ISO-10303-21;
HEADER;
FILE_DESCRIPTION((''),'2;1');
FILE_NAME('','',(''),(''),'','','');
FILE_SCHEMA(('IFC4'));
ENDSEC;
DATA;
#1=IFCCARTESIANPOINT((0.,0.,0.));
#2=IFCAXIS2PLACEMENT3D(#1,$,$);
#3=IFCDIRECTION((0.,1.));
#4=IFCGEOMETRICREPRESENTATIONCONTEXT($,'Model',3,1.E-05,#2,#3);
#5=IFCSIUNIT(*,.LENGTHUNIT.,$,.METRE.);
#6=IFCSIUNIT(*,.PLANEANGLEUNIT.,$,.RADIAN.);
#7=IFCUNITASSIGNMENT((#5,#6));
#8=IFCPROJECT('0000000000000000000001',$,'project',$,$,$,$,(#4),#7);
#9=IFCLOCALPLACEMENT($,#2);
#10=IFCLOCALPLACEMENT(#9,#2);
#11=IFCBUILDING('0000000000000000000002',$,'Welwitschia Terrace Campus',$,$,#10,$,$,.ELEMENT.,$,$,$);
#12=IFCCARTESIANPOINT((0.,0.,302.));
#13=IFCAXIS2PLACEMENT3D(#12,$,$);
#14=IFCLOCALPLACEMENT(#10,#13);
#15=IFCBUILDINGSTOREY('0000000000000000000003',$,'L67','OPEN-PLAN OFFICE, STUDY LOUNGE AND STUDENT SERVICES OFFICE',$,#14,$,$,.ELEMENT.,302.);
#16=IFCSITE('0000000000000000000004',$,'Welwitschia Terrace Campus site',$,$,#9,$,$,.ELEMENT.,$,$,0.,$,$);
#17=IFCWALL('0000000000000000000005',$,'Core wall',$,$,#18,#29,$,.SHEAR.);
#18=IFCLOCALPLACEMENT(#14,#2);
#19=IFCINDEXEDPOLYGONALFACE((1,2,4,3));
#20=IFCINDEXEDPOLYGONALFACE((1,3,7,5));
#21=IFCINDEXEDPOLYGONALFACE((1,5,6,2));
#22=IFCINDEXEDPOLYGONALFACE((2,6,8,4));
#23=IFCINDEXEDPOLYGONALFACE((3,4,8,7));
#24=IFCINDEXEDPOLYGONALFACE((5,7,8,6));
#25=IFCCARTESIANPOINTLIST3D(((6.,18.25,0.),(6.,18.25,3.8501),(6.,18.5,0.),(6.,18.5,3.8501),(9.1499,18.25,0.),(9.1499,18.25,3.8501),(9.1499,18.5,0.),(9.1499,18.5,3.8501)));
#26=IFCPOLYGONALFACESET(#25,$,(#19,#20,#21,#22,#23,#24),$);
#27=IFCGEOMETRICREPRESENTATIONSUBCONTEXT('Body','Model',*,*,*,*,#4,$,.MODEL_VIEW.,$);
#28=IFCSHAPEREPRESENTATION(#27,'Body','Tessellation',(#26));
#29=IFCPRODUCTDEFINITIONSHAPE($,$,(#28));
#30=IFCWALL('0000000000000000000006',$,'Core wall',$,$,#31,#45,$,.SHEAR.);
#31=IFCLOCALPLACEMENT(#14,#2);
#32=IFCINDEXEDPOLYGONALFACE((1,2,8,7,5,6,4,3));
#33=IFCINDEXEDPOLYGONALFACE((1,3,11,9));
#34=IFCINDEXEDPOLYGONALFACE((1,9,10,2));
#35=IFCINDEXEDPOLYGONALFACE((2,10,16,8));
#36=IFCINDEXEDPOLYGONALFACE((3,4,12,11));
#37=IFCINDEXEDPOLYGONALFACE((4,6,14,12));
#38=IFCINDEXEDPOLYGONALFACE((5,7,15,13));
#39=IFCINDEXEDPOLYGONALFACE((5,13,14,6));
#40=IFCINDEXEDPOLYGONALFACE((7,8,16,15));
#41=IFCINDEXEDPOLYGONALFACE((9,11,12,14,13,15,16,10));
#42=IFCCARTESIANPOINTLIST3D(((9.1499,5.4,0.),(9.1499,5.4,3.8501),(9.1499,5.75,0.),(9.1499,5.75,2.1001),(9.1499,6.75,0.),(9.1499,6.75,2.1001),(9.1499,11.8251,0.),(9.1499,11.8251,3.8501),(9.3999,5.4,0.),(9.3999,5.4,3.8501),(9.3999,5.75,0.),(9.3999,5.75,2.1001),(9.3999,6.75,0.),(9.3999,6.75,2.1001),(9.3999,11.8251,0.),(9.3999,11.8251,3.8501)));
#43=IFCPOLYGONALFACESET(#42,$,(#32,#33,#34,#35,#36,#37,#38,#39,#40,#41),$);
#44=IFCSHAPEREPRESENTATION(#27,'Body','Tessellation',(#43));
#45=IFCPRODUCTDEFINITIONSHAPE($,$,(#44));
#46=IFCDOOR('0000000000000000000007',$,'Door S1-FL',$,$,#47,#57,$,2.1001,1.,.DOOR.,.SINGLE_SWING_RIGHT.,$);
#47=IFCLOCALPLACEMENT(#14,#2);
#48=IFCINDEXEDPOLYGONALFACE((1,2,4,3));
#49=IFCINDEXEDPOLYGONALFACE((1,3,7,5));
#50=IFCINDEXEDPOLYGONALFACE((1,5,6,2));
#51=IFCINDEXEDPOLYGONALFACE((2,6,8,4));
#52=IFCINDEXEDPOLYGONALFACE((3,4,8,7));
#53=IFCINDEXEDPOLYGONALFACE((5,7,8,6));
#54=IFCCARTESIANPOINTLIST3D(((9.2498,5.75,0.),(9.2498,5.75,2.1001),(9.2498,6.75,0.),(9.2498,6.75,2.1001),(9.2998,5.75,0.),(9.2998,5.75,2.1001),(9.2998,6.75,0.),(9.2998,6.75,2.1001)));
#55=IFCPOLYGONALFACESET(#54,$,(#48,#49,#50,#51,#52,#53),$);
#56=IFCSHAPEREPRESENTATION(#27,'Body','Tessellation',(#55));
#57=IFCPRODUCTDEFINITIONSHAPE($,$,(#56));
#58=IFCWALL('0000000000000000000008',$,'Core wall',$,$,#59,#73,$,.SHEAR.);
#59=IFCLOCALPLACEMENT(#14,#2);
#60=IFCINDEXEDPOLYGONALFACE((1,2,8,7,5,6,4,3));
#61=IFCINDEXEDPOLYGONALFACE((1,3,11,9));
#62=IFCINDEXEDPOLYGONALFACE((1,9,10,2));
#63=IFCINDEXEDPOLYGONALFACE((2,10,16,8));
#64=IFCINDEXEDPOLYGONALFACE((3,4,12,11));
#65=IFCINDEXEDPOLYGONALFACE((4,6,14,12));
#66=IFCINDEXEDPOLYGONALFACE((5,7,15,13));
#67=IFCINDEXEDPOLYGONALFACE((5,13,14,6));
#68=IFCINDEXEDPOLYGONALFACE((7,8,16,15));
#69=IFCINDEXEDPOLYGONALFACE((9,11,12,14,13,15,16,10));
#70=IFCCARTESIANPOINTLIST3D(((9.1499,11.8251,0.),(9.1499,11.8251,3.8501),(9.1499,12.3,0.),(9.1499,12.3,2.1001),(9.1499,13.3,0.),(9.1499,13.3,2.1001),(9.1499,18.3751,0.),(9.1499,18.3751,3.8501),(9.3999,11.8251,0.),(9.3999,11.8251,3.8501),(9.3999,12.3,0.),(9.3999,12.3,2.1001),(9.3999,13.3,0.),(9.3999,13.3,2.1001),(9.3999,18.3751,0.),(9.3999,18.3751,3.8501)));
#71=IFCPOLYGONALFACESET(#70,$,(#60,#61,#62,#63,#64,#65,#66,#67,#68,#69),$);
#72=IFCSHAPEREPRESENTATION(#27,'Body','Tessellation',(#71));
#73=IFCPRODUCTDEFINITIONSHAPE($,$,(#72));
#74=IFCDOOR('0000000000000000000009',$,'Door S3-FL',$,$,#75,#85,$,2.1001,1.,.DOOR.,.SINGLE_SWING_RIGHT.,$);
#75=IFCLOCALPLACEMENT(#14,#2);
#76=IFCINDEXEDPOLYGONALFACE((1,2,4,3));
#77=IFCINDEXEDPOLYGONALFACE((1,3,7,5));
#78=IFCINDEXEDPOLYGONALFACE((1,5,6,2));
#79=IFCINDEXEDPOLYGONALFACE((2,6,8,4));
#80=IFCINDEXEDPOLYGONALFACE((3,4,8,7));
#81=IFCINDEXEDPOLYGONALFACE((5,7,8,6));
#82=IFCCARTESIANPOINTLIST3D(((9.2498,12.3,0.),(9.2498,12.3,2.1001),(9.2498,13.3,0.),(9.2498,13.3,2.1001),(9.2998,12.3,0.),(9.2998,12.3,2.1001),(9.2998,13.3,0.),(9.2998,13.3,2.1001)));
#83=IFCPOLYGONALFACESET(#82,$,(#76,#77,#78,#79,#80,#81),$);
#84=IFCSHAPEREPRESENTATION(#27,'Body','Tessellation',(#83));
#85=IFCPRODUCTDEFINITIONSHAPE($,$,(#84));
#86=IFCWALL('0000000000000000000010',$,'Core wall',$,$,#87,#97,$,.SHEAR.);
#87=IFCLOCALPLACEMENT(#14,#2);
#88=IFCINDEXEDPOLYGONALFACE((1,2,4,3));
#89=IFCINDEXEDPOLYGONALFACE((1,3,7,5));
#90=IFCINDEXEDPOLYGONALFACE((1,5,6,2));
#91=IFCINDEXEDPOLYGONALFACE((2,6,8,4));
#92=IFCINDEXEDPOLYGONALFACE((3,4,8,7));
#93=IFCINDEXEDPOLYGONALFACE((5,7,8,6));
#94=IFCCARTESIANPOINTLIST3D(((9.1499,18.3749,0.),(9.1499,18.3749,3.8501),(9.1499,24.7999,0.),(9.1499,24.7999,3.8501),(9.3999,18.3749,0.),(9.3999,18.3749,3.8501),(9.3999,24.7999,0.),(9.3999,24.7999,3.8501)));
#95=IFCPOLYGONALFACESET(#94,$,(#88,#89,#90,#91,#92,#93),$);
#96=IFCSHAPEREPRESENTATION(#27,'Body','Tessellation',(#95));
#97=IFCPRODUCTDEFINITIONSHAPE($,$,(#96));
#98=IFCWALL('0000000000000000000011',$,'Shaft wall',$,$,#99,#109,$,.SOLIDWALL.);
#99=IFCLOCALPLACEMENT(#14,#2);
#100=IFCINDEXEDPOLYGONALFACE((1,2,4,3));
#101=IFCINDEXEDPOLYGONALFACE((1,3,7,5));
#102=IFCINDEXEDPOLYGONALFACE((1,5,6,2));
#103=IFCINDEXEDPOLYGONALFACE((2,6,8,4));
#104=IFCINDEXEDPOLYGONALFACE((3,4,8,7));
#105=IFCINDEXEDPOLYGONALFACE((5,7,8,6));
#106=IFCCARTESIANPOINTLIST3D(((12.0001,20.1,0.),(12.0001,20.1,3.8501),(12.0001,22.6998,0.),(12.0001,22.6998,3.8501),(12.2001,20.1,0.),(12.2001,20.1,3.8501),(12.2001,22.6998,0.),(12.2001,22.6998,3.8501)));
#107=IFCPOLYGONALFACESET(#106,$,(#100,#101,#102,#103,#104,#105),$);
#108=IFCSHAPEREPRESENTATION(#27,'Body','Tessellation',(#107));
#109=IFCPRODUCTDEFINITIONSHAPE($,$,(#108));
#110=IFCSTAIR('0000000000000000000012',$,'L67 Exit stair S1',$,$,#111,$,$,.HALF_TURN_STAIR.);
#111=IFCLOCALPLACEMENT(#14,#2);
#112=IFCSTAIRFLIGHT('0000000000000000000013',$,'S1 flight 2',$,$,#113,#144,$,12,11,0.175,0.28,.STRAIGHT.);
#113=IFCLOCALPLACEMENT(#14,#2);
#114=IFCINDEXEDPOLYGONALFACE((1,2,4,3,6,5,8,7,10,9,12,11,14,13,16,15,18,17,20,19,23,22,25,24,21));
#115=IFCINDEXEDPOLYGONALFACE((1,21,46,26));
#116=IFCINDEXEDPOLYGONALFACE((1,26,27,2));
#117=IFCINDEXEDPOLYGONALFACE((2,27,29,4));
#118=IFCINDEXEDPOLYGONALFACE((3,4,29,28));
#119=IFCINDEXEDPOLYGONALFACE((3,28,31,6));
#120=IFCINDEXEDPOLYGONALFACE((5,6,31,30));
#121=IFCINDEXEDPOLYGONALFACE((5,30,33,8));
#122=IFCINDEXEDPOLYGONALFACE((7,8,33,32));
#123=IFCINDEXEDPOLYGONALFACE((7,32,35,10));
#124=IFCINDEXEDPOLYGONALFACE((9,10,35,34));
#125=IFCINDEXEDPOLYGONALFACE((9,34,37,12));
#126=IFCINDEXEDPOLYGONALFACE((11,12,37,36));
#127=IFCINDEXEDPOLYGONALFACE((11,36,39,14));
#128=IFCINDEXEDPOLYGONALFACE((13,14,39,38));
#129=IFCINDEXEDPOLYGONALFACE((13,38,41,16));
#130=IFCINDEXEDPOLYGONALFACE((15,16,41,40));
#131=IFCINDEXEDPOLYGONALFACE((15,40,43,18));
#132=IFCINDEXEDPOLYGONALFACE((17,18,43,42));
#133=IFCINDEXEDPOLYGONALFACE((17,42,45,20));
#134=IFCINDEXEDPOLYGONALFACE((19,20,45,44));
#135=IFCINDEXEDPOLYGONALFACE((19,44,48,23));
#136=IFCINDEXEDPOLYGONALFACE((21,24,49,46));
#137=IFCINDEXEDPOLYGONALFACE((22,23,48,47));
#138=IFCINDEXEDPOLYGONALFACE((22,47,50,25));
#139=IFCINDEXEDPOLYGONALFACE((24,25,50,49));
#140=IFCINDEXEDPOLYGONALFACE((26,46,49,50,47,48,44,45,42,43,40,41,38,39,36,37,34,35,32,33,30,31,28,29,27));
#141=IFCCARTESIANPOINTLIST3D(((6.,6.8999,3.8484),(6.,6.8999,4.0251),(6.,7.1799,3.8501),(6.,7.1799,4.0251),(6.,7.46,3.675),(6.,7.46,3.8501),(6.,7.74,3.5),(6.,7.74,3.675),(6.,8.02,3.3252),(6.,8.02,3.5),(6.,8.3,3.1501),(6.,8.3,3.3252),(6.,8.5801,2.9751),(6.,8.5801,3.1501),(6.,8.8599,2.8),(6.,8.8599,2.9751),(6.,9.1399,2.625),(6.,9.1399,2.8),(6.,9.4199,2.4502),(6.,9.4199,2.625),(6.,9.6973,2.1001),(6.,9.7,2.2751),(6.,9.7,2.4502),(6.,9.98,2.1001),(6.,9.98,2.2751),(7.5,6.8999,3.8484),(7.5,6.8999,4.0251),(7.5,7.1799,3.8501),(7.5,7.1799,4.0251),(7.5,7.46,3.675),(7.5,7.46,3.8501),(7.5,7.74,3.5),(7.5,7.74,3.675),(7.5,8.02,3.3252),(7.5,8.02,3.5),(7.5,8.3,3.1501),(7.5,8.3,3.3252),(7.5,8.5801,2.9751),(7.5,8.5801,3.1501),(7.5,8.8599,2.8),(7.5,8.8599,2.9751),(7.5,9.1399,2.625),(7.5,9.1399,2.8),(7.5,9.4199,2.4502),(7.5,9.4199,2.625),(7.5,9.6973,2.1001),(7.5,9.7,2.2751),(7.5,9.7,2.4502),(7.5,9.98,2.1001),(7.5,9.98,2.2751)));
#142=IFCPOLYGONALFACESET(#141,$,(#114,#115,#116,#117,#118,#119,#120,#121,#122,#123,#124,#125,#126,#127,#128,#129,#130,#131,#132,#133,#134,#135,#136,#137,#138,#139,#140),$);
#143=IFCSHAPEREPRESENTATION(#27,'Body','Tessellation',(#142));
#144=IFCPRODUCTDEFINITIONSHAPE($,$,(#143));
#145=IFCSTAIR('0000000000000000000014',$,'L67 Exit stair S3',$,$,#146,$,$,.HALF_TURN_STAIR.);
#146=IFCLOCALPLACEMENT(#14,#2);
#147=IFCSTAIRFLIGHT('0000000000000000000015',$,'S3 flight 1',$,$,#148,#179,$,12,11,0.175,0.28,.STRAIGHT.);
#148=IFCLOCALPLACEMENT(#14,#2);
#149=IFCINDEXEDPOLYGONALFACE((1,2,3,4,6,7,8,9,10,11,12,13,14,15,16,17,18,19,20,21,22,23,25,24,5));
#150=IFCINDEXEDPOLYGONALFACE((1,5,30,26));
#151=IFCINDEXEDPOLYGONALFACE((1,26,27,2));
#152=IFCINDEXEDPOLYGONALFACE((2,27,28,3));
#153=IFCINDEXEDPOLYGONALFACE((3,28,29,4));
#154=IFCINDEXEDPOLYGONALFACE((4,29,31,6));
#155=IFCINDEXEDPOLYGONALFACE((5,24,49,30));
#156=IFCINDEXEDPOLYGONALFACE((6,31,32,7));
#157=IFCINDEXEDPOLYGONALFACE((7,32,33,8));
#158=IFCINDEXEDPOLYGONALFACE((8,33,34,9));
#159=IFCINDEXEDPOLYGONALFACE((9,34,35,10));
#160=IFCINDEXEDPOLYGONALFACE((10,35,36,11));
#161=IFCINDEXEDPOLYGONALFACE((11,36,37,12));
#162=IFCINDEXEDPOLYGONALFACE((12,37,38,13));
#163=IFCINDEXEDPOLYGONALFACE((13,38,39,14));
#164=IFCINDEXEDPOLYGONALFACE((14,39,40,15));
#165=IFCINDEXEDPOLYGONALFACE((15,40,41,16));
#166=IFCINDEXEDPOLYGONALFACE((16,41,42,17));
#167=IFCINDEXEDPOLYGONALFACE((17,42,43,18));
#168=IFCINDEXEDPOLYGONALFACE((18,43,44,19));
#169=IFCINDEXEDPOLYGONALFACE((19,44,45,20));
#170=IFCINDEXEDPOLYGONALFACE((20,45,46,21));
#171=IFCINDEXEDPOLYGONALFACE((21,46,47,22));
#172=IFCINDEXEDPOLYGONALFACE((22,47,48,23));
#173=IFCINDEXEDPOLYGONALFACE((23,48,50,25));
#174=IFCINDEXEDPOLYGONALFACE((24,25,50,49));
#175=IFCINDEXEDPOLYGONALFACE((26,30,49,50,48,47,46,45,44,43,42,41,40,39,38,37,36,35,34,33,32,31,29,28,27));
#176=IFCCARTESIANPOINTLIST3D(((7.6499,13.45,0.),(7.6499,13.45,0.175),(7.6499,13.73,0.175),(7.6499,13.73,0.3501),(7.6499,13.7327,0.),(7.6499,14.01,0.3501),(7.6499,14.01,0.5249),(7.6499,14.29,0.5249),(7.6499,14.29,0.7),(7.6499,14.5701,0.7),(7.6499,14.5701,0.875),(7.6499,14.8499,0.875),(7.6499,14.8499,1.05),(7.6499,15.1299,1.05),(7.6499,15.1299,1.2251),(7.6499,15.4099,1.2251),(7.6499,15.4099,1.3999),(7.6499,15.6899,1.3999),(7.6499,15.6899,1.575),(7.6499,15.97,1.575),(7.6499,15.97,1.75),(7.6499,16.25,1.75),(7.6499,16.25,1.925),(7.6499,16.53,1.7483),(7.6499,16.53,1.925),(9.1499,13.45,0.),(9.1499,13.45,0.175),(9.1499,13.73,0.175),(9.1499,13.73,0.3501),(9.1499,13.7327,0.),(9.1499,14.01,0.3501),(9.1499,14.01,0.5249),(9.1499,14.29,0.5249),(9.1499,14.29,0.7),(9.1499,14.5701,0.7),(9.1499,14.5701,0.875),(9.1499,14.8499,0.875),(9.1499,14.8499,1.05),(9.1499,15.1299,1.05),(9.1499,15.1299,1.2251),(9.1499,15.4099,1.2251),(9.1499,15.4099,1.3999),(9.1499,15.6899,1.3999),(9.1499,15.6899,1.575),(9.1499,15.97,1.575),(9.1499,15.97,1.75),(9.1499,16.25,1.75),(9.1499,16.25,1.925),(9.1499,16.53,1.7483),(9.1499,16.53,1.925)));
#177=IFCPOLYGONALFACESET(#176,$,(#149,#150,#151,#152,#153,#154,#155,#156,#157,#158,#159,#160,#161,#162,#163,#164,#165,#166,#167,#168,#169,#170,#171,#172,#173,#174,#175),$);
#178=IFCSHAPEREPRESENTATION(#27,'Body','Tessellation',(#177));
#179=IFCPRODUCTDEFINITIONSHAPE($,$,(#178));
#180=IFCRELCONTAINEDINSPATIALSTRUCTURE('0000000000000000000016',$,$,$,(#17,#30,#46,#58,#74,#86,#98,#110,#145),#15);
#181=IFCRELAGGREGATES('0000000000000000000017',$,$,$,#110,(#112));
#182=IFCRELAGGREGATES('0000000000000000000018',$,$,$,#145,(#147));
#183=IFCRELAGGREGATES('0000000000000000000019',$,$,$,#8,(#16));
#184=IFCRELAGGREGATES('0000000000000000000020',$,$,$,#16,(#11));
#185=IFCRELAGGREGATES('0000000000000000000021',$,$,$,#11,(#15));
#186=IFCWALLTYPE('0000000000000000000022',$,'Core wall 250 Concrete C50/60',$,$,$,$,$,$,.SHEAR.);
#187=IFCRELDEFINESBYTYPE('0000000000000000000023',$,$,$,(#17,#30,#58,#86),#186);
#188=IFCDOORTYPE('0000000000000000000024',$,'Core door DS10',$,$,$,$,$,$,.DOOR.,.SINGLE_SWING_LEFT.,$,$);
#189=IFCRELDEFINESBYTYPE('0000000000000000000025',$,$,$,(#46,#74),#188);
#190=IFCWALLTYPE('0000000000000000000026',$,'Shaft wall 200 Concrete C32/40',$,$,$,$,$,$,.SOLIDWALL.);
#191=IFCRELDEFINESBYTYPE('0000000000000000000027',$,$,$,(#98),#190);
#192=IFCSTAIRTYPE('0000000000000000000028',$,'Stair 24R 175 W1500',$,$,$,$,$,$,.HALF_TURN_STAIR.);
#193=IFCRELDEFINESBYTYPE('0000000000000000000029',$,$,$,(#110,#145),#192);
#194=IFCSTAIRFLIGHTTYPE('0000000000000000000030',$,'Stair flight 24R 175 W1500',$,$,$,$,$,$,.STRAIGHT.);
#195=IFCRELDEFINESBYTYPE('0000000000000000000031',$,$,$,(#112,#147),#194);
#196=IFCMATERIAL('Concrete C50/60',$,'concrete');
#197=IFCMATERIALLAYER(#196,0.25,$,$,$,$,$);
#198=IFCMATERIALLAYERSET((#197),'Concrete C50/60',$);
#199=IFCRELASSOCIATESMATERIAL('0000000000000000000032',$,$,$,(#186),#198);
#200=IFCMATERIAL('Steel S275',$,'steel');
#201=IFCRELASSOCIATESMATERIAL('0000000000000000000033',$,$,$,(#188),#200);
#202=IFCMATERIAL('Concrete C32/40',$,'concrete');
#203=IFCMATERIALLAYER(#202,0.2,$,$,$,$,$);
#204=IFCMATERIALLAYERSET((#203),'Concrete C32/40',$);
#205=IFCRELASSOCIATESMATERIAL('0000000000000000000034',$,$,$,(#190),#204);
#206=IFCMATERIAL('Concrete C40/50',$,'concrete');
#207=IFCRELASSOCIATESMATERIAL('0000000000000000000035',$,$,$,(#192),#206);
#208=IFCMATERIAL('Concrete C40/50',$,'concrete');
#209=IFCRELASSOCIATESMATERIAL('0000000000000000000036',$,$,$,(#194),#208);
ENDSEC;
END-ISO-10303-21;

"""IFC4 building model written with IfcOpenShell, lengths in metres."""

from ifc_helpers import new_model, si_unit, direction, frame, frame_2d, origin, place, context, subcontext, project, spatial, polyline, rectangle, outline, extrude, material, layer, layer_set, type_object, element, fill, aggregate, save


model = new_model("IFC4")

# Units and contexts
model_context = context("Model", 3, precision=1e-05, world=origin(), true_north=direction((0.0, 1.0)))
body_context = subcontext(model_context, "Body", "Model", "MODEL_VIEW")
ifc_project = project(units=[si_unit("LENGTHUNIT", "METRE"), si_unit("PLANEANGLEUNIT", "RADIAN")], contexts=[model_context])

# Site, building, storey
site_placement = place(None, origin())
site = spatial("IfcSite", under=ifc_project, at=site_placement, Name="Welwitschia Terrace Campus site", CompositionType="ELEMENT", RefElevation=0.0)
building_placement = place(site_placement, origin())
building = spatial("IfcBuilding", under=site, at=building_placement, Name="Welwitschia Terrace Campus", CompositionType="ELEMENT")
storey_placement = place(building_placement, frame((0.0, 0.0, 302.0)))
storey = spatial("IfcBuildingStorey", under=building, at=storey_placement, Name="L67", Description="OPEN-PLAN OFFICE, STUDY LOUNGE AND STUDENT SERVICES OFFICE", CompositionType="ELEMENT", Elevation=302.0)

# Wall
ifc_material_1 = material(Name="Concrete C50/60", Category="concrete")
ifc_layer_1 = layer(ifc_material_1, 0.25)
ifc_layer_set_1 = layer_set([ifc_layer_1], Name="Concrete C50/60")
wall_type_1 = type_object("IfcWallType", Name="Core wall 250 Concrete C50/60", PredefinedType="SHEAR", material=ifc_layer_set_1)
wall_1_placement = place(storey_placement, frame((6.0, 18.375, 0.0), z_axis=(0.0, 0.0, 1.0), x_axis=(1.0, 0.0, 0.0)))
element("IfcWall", 1, at=wall_1_placement, inside=storey, type_object=wall_type_1, Name="Core wall", PredefinedType="SHEAR", context=body_context, shape_type="SweptSolid", body=[
    extrude(rectangle(XDim=3.1499, YDim=0.25, at=frame_2d((1.575, 0.0))), origin(), (0.0, 0.0, 1.0), 3.8501),
])

# Walls, openings, doors
wall_2_placement = place(storey_placement, frame((9.2749, 11.825, 0.0), z_axis=(0.0, 0.0, 1.0), x_axis=(0.0, -1.0, 0.0)))
wall_2 = element("IfcWall", 2, at=wall_2_placement, inside=storey, type_object=wall_type_1, Name="Core wall", PredefinedType="SHEAR", context=body_context, shape_type="SweptSolid", body=[
    extrude(rectangle(XDim=6.425, YDim=0.25, at=frame_2d((3.2124, 0.0))), origin(), (0.0, 0.0, 1.0), 3.8501),
])
opening_1_placement = place(wall_2_placement, frame((5.075, 0.0, 0.0)))
opening_1 = element("IfcOpeningElement", 3, at=opening_1_placement, cuts=wall_2, PredefinedType="OPENING", context=body_context, shape_type="SweptSolid", body=[
    extrude(rectangle(XDim=1.0, YDim=2.1001, at=frame_2d((0.5, 1.05))), frame((0.0, 0.135, 0.0), z_axis=(0.0, -1.0, 0.0), x_axis=(1.0, 0.0, 0.0)), (0.0, 0.0, 1.0), 0.27),
])
ifc_material_2 = material(Name="Steel S275", Category="steel")
door_type_1 = type_object("IfcDoorType", Name="Core door DS10", OperationType="SINGLE_SWING_LEFT", PredefinedType="DOOR", material=ifc_material_2)
door_1_placement = place(opening_1_placement, origin())
door_1 = element("IfcDoor", 4, at=door_1_placement, inside=storey, type_object=door_type_1, Name="Door S1-FL", OperationType="SINGLE_SWING_RIGHT", OverallHeight=2.1001, OverallWidth=1.0, PredefinedType="DOOR", context=body_context, shape_type="SweptSolid", body=[
    extrude(rectangle(XDim=1.0, YDim=2.1001, at=frame_2d((0.5, 1.05))), frame((0.0, 0.0249, 0.0), z_axis=(0.0, -1.0, 0.0), x_axis=(1.0, 0.0, 0.0)), (0.0, 0.0, 1.0), 0.05),
])
fill(opening_1, door_1)
wall_3_placement = place(storey_placement, frame((9.2749, 18.375, 0.0), z_axis=(0.0, 0.0, 1.0), x_axis=(0.0, -1.0, 0.0)))
wall_3 = element("IfcWall", 5, at=wall_3_placement, inside=storey, type_object=wall_type_1, Name="Core wall", PredefinedType="SHEAR", context=body_context, shape_type="SweptSolid", body=[
    extrude(rectangle(XDim=6.55, YDim=0.25, at=frame_2d((3.2749, 0.0))), origin(), (0.0, 0.0, 1.0), 3.8501),
])
opening_2_placement = place(wall_3_placement, frame((5.075, 0.0, 0.0)))
opening_2 = element("IfcOpeningElement", 6, at=opening_2_placement, cuts=wall_3, PredefinedType="OPENING", context=body_context, shape_type="SweptSolid", body=[
    extrude(rectangle(XDim=1.0, YDim=2.1001, at=frame_2d((0.5, 1.05))), frame((0.0, 0.135, 0.0), z_axis=(0.0, -1.0, 0.0), x_axis=(1.0, 0.0, 0.0)), (0.0, 0.0, 1.0), 0.27),
])
door_2_placement = place(opening_2_placement, origin())
door_2 = element("IfcDoor", 7, at=door_2_placement, inside=storey, type_object=door_type_1, Name="Door S3-FL", OperationType="SINGLE_SWING_RIGHT", OverallHeight=2.1001, OverallWidth=1.0, PredefinedType="DOOR", context=body_context, shape_type="SweptSolid", body=[
    extrude(rectangle(XDim=1.0, YDim=2.1001, at=frame_2d((0.5, 1.05))), frame((0.0, 0.0249, 0.0), z_axis=(0.0, -1.0, 0.0), x_axis=(1.0, 0.0, 0.0)), (0.0, 0.0, 1.0), 0.05),
])
fill(opening_2, door_2)

# Walls
wall_4_placement = place(storey_placement, frame((9.2749, 18.375, 0.0), z_axis=(0.0, 0.0, 1.0), x_axis=(0.0, 1.0, 0.0)))
element("IfcWall", 8, at=wall_4_placement, inside=storey, type_object=wall_type_1, Name="Core wall", PredefinedType="SHEAR", context=body_context, shape_type="SweptSolid", body=[
    extrude(rectangle(XDim=6.425, YDim=0.25, at=frame_2d((3.2124, 0.0))), origin(), (0.0, 0.0, 1.0), 3.8501),
])
ifc_material_3 = material(Name="Concrete C32/40", Category="concrete")
ifc_layer_2 = layer(ifc_material_3, 0.2)
ifc_layer_set_2 = layer_set([ifc_layer_2], Name="Concrete C32/40")
wall_type_2 = type_object("IfcWallType", Name="Shaft wall 200 Concrete C32/40", PredefinedType="SOLIDWALL", material=ifc_layer_set_2)
wall_5_placement = place(storey_placement, frame((12.1001, 20.1001, 0.0), z_axis=(0.0, 0.0, 1.0), x_axis=(0.0, 1.0, 0.0)))
element("IfcWall", 9, at=wall_5_placement, inside=storey, type_object=wall_type_2, Name="Shaft wall", PredefinedType="SOLIDWALL", context=body_context, shape_type="SweptSolid", body=[
    extrude(rectangle(XDim=2.5999, YDim=0.2, at=frame_2d((1.2998, 0.0))), origin(), (0.0, 0.0, 1.0), 3.8501),
])

# Stair, stair flight
ifc_material_4 = material(Name="Concrete C40/50", Category="concrete")
stair_type = type_object("IfcStairType", Name="Stair 24R 175 W1500", PredefinedType="HALF_TURN_STAIR", material=ifc_material_4)
stair_1_placement = place(storey_placement, origin())
stair_1 = element("IfcStair", 10, at=stair_1_placement, inside=storey, type_object=stair_type, Name="L67 Exit stair S1", PredefinedType="HALF_TURN_STAIR")
ifc_material_5 = material(Name="Concrete C40/50", Category="concrete")
stair_flight_type = type_object("IfcStairFlightType", Name="Stair flight 24R 175 W1500", PredefinedType="STRAIGHT", material=ifc_material_5)
stair_flight_1_placement = place(storey_placement, frame((6.75, 9.98, 2.1001), z_axis=(0.0, 0.0, 1.0), x_axis=(0.0, -1.0, 0.0)))
stair_flight_1 = element("IfcStairFlight", 11, at=stair_flight_1_placement, type_object=stair_flight_type, Name="S1 flight 2", NumberOfRisers=12, NumberOfTreads=11, PredefinedType="STRAIGHT", RiserHeight=0.175, TreadLength=0.28, context=body_context, shape_type="SweptSolid", body=[
    extrude(outline(polyline([(0.0, 0.0), (0.0, 0.175), (0.28, 0.175), (0.28, 0.3501), (0.5601, 0.3501), (0.5601, 0.5249), (0.8401, 0.5249), (0.8401, 0.7), (1.1201, 0.7), (1.1201, 0.875), (1.3999, 0.875), (1.3999, 1.05), (1.6799, 1.05), (1.6799, 1.2251), (1.96, 1.2251), (1.96, 1.3999), (2.24, 1.3999), (2.24, 1.575), (2.52, 1.575), (2.52, 1.75), (2.8, 1.75), (2.8, 1.925), (3.0801, 1.925), (3.0801, 2.1001), (3.0801, 1.7483), (0.2827, 0.0), (0.0, 0.0)])), frame((0.0, 0.75, 0.0), z_axis=(0.0, -1.0, 0.0), x_axis=(1.0, 0.0, 0.0)), (0.0, 0.0, 1.0), 1.5),
])
aggregate(stair_1, [stair_flight_1])

# Stair, stair flight
stair_2_placement = place(storey_placement, origin())
stair_2 = element("IfcStair", 12, at=stair_2_placement, inside=storey, type_object=stair_type, Name="L67 Exit stair S3", PredefinedType="HALF_TURN_STAIR")
stair_flight_2_placement = place(storey_placement, frame((8.3999, 13.45, 0.0), z_axis=(0.0, 0.0, 1.0), x_axis=(0.0, 1.0, 0.0)))
stair_flight_2 = element("IfcStairFlight", 13, at=stair_flight_2_placement, type_object=stair_flight_type, Name="S3 flight 1", NumberOfRisers=12, NumberOfTreads=11, PredefinedType="STRAIGHT", RiserHeight=0.175, TreadLength=0.28, context=body_context, shape_type="SweptSolid", body=[
    extrude(outline(polyline([(0.0, 0.0), (0.0, 0.175), (0.28, 0.175), (0.28, 0.3501), (0.5601, 0.3501), (0.5601, 0.5249), (0.8401, 0.5249), (0.8401, 0.7), (1.1201, 0.7), (1.1201, 0.875), (1.3999, 0.875), (1.3999, 1.05), (1.6799, 1.05), (1.6799, 1.2251), (1.96, 1.2251), (1.96, 1.3999), (2.24, 1.3999), (2.24, 1.575), (2.52, 1.575), (2.52, 1.75), (2.8, 1.75), (2.8, 1.925), (3.0801, 1.925), (3.0801, 2.1001), (3.0801, 1.7483), (0.2827, 0.0), (0.0, 0.0)])), frame((0.0, 0.75, 0.0), z_axis=(0.0, -1.0, 0.0), x_axis=(1.0, 0.0, 0.0)), (0.0, 0.0, 1.0), 1.5),
])
aggregate(stair_2, [stair_flight_2])

save(model, "model.ifc")
